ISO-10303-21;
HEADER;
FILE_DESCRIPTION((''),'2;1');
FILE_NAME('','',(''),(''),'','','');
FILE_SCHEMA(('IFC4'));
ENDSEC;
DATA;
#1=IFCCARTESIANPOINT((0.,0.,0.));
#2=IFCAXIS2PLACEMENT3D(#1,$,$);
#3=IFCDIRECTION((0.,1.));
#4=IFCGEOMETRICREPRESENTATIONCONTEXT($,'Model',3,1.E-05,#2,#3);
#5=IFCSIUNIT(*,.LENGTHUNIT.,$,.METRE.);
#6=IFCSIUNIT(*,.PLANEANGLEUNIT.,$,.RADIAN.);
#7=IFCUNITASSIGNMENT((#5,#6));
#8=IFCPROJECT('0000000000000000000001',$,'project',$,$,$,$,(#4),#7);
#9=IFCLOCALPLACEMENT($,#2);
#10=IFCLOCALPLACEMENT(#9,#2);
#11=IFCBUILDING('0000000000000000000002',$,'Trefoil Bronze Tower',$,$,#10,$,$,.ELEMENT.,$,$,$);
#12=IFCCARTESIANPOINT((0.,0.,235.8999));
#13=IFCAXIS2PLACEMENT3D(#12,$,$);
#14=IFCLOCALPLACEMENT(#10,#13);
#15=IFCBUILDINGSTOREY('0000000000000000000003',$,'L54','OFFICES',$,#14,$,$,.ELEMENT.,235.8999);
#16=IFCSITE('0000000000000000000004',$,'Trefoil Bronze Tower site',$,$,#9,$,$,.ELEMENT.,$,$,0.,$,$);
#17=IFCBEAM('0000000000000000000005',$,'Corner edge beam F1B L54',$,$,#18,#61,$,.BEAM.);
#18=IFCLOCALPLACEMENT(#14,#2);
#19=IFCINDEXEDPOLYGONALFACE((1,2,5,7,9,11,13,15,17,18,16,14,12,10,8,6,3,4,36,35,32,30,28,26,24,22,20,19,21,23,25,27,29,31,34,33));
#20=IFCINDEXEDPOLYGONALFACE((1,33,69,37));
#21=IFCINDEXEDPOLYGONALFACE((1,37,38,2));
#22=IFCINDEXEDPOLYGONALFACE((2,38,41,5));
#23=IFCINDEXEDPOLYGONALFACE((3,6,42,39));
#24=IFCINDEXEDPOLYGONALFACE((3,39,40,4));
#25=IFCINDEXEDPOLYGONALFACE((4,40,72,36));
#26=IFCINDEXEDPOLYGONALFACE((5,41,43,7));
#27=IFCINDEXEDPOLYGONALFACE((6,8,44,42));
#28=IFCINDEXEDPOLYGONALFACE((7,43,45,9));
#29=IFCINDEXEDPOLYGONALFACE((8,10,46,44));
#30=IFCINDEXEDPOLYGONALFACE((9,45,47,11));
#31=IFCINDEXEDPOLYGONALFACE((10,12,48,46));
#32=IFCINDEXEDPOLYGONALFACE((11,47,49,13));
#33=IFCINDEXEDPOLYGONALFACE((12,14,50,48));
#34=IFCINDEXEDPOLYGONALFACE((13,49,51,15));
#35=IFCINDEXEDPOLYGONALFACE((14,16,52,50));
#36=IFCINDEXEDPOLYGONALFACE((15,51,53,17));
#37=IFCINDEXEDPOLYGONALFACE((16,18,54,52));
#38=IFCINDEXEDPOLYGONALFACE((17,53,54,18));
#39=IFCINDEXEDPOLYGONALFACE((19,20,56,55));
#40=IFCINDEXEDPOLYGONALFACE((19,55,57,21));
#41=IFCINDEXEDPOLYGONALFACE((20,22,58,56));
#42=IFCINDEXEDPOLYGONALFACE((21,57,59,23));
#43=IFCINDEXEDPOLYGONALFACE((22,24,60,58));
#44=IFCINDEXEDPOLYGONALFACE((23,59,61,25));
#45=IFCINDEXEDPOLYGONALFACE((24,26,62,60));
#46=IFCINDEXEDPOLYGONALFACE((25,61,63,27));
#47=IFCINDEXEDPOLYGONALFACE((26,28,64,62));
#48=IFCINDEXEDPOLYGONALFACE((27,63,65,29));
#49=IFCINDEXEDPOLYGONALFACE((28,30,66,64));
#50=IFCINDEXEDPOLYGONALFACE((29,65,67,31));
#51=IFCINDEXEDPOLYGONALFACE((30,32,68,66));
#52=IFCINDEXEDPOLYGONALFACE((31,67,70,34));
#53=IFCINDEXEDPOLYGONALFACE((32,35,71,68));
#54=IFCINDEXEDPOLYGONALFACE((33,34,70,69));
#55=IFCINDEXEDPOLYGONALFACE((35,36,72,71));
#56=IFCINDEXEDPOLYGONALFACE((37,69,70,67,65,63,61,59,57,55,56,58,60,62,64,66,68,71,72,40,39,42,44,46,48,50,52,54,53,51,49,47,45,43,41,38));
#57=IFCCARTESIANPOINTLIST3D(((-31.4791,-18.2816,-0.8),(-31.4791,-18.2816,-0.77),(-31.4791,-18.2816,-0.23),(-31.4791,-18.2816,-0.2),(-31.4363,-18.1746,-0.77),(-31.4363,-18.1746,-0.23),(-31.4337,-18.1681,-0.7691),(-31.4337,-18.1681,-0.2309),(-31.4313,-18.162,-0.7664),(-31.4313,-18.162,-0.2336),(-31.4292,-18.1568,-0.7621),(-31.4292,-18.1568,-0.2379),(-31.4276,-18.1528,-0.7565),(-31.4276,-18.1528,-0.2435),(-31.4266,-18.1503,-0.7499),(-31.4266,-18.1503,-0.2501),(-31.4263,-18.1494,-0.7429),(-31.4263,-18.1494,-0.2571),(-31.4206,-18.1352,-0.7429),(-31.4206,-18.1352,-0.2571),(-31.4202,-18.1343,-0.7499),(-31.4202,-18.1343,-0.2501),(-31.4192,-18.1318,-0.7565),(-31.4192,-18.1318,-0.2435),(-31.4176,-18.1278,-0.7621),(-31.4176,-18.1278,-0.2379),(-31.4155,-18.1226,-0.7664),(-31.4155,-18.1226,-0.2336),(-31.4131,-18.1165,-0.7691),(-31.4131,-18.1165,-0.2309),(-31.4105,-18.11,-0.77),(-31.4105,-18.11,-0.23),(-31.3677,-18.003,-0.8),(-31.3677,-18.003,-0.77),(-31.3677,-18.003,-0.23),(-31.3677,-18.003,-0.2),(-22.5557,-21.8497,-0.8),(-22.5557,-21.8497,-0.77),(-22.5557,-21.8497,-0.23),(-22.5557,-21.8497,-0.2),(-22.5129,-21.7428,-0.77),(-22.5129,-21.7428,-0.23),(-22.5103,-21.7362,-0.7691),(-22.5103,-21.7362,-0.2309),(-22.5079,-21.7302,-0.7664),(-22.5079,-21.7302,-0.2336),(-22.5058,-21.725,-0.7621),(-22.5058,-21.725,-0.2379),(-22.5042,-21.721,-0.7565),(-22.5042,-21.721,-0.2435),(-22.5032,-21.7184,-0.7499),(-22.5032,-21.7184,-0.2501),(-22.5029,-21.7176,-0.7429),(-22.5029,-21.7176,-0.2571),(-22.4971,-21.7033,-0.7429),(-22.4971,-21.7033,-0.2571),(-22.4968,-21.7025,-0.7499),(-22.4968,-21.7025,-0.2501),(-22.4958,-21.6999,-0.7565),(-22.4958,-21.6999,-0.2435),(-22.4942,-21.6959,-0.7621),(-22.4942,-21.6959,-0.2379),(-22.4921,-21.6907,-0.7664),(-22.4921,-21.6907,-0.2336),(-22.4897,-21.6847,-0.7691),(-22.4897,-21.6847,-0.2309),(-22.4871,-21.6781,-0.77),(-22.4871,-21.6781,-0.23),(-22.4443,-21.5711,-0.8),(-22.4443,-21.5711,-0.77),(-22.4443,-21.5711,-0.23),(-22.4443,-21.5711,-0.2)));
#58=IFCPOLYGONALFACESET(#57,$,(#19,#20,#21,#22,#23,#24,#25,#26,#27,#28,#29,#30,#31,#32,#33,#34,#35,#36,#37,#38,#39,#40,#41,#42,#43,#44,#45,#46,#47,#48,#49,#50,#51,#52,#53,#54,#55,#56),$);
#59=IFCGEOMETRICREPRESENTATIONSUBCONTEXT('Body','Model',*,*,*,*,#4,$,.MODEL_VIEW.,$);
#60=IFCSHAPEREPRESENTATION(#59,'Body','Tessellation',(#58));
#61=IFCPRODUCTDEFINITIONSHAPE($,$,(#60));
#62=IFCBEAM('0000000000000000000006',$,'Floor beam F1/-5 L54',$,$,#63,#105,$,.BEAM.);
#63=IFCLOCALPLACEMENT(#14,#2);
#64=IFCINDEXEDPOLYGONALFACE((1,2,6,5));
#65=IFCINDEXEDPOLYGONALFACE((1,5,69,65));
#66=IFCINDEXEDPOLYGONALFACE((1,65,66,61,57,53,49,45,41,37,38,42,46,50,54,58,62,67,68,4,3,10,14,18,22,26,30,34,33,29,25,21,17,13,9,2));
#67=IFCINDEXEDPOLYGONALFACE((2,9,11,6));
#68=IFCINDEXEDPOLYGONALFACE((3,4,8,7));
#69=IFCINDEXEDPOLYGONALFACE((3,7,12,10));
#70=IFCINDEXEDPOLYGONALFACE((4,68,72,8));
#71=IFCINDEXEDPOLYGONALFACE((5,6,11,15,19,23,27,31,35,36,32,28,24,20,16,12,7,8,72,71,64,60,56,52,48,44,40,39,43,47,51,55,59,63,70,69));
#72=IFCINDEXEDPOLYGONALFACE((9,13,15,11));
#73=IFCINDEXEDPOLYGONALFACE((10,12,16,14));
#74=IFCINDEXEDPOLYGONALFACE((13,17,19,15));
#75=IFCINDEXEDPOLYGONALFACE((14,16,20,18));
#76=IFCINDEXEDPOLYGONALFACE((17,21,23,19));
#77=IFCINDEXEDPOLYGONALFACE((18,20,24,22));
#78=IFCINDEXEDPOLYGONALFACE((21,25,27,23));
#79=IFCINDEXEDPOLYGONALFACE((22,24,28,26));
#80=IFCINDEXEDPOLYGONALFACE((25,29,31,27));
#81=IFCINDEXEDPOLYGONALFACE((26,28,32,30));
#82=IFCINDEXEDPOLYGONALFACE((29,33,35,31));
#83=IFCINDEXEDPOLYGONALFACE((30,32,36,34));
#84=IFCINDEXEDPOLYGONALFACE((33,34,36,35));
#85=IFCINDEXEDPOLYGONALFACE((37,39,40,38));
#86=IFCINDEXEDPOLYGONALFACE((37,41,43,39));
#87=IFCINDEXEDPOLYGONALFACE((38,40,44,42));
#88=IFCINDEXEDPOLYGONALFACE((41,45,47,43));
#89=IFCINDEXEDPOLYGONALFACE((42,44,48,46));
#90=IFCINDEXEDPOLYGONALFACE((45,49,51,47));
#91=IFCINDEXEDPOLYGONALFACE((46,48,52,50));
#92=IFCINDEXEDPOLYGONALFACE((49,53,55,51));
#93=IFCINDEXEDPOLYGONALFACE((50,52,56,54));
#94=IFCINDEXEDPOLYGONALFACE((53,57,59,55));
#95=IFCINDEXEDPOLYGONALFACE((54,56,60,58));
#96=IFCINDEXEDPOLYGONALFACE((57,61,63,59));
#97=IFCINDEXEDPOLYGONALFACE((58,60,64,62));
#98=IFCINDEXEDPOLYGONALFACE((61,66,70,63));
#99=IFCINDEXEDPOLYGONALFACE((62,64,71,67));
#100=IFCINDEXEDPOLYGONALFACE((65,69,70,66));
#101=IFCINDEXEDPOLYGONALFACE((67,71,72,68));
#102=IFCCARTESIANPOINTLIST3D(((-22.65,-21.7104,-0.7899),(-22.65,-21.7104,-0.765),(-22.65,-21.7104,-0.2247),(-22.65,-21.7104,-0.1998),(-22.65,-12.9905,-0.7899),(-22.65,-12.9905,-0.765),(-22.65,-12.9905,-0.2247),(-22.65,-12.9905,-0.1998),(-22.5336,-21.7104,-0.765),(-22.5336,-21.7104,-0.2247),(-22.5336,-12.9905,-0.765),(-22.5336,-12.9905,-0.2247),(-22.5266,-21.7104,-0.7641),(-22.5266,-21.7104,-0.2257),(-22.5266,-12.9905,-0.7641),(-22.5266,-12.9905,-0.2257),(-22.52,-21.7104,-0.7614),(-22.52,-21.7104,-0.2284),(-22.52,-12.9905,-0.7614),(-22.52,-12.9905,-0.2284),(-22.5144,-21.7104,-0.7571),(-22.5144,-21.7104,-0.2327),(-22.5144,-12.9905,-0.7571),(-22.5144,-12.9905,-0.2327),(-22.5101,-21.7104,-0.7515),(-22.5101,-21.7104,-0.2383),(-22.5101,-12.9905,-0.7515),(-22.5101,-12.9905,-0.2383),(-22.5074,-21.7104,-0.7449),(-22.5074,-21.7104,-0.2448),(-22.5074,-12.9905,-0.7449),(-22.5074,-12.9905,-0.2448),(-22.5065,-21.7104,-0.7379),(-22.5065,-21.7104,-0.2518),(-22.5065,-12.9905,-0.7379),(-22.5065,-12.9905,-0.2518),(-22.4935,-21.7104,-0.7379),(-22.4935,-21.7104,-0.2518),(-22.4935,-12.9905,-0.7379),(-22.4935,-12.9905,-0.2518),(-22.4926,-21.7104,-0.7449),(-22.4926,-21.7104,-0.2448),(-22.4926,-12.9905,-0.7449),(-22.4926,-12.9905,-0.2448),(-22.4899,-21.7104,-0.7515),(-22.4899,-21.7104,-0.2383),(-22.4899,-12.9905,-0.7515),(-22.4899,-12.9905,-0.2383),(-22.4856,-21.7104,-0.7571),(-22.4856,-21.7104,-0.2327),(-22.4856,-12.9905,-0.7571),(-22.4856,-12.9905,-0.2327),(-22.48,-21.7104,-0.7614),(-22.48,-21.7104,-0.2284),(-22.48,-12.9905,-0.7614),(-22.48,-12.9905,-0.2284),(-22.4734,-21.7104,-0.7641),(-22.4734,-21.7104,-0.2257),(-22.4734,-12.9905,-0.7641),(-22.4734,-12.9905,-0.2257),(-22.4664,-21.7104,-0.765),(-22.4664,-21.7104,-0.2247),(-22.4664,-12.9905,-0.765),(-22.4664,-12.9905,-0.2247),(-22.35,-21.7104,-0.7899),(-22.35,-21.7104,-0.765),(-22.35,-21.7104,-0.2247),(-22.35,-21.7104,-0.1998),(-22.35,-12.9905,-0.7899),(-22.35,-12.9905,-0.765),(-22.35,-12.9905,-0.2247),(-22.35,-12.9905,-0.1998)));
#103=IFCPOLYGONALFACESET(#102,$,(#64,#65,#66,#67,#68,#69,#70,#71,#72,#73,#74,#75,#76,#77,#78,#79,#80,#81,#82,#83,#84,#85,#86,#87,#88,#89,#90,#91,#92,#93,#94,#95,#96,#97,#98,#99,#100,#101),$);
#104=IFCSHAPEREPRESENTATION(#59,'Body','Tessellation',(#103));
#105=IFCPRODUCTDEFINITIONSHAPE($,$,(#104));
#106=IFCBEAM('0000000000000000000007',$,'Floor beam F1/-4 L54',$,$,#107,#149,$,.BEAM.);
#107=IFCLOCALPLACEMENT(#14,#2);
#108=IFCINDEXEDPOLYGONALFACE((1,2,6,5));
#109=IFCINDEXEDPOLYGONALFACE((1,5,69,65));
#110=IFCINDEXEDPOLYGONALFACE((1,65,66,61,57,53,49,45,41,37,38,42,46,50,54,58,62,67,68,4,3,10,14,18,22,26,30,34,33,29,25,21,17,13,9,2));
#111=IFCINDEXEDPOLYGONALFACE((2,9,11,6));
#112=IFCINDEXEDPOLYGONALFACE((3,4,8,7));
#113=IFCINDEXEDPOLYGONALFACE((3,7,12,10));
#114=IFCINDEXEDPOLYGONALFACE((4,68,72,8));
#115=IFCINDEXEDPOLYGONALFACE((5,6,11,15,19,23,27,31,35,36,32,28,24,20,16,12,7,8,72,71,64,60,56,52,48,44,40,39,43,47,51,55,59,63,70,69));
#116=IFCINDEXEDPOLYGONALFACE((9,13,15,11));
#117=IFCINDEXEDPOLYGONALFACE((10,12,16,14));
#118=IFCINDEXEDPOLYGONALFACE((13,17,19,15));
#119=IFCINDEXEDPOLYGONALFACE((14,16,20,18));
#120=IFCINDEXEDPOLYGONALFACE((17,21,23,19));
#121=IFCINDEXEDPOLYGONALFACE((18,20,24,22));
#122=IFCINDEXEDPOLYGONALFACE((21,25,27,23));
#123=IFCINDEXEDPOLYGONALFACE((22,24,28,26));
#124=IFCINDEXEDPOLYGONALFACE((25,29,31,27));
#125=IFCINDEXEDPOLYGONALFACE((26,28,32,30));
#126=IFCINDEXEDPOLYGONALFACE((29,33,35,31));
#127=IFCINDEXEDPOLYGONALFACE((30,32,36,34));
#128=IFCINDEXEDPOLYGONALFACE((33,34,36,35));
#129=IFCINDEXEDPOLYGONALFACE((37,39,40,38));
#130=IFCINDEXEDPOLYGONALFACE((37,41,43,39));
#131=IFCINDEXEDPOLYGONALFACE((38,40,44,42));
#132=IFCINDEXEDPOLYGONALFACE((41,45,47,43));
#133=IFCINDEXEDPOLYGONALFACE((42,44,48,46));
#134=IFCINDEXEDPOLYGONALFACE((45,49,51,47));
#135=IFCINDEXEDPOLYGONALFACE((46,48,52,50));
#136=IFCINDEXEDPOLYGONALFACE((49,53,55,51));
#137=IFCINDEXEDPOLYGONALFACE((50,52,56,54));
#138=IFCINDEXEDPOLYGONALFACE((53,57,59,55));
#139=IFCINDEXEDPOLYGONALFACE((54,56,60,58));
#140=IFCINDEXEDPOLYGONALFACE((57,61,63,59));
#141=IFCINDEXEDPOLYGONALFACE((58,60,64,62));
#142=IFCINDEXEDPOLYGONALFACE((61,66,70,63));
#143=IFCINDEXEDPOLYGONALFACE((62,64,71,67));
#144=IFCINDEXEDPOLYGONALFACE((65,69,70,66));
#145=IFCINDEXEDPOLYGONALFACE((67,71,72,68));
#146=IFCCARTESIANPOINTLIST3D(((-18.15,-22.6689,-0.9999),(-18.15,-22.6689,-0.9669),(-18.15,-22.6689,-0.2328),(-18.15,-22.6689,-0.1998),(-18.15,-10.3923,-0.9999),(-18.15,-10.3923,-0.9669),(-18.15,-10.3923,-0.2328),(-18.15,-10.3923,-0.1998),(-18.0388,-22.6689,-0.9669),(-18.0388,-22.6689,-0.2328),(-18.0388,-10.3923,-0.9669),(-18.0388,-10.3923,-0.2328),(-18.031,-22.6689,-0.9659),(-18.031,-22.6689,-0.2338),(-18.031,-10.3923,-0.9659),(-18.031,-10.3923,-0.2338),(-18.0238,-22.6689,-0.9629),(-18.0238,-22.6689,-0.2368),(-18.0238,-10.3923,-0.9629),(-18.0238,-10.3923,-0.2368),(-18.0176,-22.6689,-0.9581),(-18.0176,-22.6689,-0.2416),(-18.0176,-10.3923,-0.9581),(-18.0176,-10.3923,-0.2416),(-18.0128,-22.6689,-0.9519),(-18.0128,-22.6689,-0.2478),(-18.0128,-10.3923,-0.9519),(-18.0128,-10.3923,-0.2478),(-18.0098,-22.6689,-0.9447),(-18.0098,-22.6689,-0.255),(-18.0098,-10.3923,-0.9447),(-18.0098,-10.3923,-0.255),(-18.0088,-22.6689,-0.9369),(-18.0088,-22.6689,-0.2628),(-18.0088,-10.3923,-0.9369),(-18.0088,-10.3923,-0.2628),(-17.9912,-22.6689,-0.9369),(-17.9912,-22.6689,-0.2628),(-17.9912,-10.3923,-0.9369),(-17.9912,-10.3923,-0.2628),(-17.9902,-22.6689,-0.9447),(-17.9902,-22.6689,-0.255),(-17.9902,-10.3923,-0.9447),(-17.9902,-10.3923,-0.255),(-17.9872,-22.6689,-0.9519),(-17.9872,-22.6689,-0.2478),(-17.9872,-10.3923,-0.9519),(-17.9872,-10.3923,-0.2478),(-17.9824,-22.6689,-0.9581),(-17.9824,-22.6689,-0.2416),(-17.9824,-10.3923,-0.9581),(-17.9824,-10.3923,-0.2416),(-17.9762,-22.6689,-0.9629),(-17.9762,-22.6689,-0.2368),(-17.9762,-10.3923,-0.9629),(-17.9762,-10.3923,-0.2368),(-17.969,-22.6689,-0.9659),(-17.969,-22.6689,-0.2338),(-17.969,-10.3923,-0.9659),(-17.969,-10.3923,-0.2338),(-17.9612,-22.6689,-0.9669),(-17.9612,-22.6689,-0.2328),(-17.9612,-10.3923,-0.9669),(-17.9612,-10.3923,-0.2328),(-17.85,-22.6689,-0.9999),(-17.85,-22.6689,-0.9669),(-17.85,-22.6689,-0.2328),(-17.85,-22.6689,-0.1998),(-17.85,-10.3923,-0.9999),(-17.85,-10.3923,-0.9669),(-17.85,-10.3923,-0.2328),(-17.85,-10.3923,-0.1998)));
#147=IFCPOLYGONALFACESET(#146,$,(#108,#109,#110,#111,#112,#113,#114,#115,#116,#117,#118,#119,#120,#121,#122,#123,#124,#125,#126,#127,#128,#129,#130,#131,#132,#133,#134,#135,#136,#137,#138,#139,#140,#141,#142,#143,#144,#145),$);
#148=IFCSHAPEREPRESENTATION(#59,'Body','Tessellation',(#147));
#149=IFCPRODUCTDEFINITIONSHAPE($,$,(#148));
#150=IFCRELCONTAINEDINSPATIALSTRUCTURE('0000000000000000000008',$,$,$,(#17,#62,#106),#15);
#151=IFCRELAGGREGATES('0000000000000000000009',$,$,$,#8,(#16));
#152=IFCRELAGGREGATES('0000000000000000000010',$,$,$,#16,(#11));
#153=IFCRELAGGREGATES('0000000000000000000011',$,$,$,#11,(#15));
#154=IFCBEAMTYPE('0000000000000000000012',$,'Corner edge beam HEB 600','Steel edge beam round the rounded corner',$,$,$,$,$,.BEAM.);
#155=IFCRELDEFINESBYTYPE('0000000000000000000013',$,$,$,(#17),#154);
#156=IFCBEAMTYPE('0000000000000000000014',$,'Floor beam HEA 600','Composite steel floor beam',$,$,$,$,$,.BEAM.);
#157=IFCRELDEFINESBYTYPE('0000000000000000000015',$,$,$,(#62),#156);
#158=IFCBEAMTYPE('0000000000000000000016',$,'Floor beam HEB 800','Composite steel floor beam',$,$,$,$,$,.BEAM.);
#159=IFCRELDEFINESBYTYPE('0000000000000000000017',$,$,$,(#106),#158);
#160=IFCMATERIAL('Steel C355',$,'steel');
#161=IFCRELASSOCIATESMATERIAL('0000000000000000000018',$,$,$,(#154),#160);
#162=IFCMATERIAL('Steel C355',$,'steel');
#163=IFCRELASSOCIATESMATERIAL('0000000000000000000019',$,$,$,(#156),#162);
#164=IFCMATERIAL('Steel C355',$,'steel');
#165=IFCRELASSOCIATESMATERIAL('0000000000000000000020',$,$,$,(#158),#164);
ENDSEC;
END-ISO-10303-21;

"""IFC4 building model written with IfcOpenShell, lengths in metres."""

from ifc_helpers import new_model, si_unit, direction, frame, origin, origin_2d, place, context, subcontext, project, spatial, i_section, extrude, material, material_profile, profile_set, type_object, element, save


model = new_model("IFC4")

# Units and contexts
model_context = context("Model", 3, precision=1e-05, world=origin(), true_north=direction((0.0, 1.0)))
body_context = subcontext(model_context, "Body", "Model", "MODEL_VIEW")
ifc_project = project(units=[si_unit("LENGTHUNIT", "METRE"), si_unit("PLANEANGLEUNIT", "RADIAN")], contexts=[model_context])

# Site, building, storey
site_placement = place(None, origin())
site = spatial("IfcSite", under=ifc_project, at=site_placement, Name="Trefoil Bronze Tower site", CompositionType="ELEMENT", RefElevation=0.0)
building_placement = place(site_placement, origin())
building = spatial("IfcBuilding", under=site, at=building_placement, Name="Trefoil Bronze Tower", CompositionType="ELEMENT")
storey_placement = place(building_placement, frame((0.0, 0.0, 235.8999)))
storey = spatial("IfcBuildingStorey", under=building, at=storey_placement, Name="L54", Description="OFFICES", CompositionType="ELEMENT", Elevation=235.8999)

# Beams
ifc_material_1 = material(Name="Steel C355", Category="steel")
ifc_material_profile_1 = material_profile(ifc_material_1, i_section(OverallWidth=0.3, OverallDepth=0.6001, WebThickness=0.0154, FlangeThickness=0.03, FilletRadius=0.0271, at=origin_2d()), Name="HEB 600")
ifc_profile_set_1 = profile_set([ifc_material_profile_1], Name="Steel C355")
beam_type_1 = type_object("IfcBeamType", Name="Corner edge beam HEB 600", Description="Steel edge beam round the rounded corner", PredefinedType="BEAM", material=ifc_profile_set_1)
beam_1_placement = place(storey_placement, frame((-22.5, -21.7104, -0.5), z_axis=(-0.92852, 0.371281, 0.0), x_axis=(-0.371281, -0.92852, 0.0)))
element("IfcBeam", 1, at=beam_1_placement, inside=storey, type_object=beam_type_1, Name="Corner edge beam F1B L54", PredefinedType="BEAM", context=body_context, shape_type="SweptSolid", body=[
    extrude(i_section(OverallWidth=0.3, OverallDepth=0.6001, WebThickness=0.0154, FlangeThickness=0.03, FilletRadius=0.0271, at=origin_2d()), origin(), (0.0, 0.0, 1.0), 9.6104),
])
ifc_material_2 = material(Name="Steel C355", Category="steel")
ifc_material_profile_2 = material_profile(ifc_material_2, i_section(OverallWidth=0.3, OverallDepth=0.5901, WebThickness=0.0129, FlangeThickness=0.0249, FilletRadius=0.0271, at=origin_2d()), Name="HEA 600")
ifc_profile_set_2 = profile_set([ifc_material_profile_2], Name="Steel C355")
beam_type_2 = type_object("IfcBeamType", Name="Floor beam HEA 600", Description="Composite steel floor beam", PredefinedType="BEAM", material=ifc_profile_set_2)
beam_2_placement = place(storey_placement, frame((-22.5, -21.7104, -0.4949), z_axis=(0.0, 1.0, 0.0), x_axis=(-1.0, 0.0, 0.0)))
element("IfcBeam", 2, at=beam_2_placement, inside=storey, type_object=beam_type_2, Name="Floor beam F1/-5 L54", PredefinedType="BEAM", context=body_context, shape_type="SweptSolid", body=[
    extrude(i_section(OverallWidth=0.3, OverallDepth=0.5901, WebThickness=0.0129, FlangeThickness=0.0249, FilletRadius=0.0271, at=origin_2d()), origin(), (0.0, 0.0, 1.0), 8.72),
])
ifc_material_3 = material(Name="Steel C355", Category="steel")
ifc_material_profile_3 = material_profile(ifc_material_3, i_section(OverallWidth=0.3, OverallDepth=0.8, WebThickness=0.0176, FlangeThickness=0.033, FilletRadius=0.03, at=origin_2d()), Name="HEB 800")
ifc_profile_set_3 = profile_set([ifc_material_profile_3], Name="Steel C355")
beam_type_3 = type_object("IfcBeamType", Name="Floor beam HEB 800", Description="Composite steel floor beam", PredefinedType="BEAM", material=ifc_profile_set_3)
beam_3_placement = place(storey_placement, frame((-18.0, -22.6689, -0.5999), z_axis=(0.0, 1.0, 0.0), x_axis=(-1.0, 0.0, 0.0)))
element("IfcBeam", 3, at=beam_3_placement, inside=storey, type_object=beam_type_3, Name="Floor beam F1/-4 L54", PredefinedType="BEAM", context=body_context, shape_type="SweptSolid", body=[
    extrude(i_section(OverallWidth=0.3, OverallDepth=0.8, WebThickness=0.0176, FlangeThickness=0.033, FilletRadius=0.03, at=origin_2d()), origin(), (0.0, 0.0, 1.0), 12.2766),
])

save(model, "model.ifc")
